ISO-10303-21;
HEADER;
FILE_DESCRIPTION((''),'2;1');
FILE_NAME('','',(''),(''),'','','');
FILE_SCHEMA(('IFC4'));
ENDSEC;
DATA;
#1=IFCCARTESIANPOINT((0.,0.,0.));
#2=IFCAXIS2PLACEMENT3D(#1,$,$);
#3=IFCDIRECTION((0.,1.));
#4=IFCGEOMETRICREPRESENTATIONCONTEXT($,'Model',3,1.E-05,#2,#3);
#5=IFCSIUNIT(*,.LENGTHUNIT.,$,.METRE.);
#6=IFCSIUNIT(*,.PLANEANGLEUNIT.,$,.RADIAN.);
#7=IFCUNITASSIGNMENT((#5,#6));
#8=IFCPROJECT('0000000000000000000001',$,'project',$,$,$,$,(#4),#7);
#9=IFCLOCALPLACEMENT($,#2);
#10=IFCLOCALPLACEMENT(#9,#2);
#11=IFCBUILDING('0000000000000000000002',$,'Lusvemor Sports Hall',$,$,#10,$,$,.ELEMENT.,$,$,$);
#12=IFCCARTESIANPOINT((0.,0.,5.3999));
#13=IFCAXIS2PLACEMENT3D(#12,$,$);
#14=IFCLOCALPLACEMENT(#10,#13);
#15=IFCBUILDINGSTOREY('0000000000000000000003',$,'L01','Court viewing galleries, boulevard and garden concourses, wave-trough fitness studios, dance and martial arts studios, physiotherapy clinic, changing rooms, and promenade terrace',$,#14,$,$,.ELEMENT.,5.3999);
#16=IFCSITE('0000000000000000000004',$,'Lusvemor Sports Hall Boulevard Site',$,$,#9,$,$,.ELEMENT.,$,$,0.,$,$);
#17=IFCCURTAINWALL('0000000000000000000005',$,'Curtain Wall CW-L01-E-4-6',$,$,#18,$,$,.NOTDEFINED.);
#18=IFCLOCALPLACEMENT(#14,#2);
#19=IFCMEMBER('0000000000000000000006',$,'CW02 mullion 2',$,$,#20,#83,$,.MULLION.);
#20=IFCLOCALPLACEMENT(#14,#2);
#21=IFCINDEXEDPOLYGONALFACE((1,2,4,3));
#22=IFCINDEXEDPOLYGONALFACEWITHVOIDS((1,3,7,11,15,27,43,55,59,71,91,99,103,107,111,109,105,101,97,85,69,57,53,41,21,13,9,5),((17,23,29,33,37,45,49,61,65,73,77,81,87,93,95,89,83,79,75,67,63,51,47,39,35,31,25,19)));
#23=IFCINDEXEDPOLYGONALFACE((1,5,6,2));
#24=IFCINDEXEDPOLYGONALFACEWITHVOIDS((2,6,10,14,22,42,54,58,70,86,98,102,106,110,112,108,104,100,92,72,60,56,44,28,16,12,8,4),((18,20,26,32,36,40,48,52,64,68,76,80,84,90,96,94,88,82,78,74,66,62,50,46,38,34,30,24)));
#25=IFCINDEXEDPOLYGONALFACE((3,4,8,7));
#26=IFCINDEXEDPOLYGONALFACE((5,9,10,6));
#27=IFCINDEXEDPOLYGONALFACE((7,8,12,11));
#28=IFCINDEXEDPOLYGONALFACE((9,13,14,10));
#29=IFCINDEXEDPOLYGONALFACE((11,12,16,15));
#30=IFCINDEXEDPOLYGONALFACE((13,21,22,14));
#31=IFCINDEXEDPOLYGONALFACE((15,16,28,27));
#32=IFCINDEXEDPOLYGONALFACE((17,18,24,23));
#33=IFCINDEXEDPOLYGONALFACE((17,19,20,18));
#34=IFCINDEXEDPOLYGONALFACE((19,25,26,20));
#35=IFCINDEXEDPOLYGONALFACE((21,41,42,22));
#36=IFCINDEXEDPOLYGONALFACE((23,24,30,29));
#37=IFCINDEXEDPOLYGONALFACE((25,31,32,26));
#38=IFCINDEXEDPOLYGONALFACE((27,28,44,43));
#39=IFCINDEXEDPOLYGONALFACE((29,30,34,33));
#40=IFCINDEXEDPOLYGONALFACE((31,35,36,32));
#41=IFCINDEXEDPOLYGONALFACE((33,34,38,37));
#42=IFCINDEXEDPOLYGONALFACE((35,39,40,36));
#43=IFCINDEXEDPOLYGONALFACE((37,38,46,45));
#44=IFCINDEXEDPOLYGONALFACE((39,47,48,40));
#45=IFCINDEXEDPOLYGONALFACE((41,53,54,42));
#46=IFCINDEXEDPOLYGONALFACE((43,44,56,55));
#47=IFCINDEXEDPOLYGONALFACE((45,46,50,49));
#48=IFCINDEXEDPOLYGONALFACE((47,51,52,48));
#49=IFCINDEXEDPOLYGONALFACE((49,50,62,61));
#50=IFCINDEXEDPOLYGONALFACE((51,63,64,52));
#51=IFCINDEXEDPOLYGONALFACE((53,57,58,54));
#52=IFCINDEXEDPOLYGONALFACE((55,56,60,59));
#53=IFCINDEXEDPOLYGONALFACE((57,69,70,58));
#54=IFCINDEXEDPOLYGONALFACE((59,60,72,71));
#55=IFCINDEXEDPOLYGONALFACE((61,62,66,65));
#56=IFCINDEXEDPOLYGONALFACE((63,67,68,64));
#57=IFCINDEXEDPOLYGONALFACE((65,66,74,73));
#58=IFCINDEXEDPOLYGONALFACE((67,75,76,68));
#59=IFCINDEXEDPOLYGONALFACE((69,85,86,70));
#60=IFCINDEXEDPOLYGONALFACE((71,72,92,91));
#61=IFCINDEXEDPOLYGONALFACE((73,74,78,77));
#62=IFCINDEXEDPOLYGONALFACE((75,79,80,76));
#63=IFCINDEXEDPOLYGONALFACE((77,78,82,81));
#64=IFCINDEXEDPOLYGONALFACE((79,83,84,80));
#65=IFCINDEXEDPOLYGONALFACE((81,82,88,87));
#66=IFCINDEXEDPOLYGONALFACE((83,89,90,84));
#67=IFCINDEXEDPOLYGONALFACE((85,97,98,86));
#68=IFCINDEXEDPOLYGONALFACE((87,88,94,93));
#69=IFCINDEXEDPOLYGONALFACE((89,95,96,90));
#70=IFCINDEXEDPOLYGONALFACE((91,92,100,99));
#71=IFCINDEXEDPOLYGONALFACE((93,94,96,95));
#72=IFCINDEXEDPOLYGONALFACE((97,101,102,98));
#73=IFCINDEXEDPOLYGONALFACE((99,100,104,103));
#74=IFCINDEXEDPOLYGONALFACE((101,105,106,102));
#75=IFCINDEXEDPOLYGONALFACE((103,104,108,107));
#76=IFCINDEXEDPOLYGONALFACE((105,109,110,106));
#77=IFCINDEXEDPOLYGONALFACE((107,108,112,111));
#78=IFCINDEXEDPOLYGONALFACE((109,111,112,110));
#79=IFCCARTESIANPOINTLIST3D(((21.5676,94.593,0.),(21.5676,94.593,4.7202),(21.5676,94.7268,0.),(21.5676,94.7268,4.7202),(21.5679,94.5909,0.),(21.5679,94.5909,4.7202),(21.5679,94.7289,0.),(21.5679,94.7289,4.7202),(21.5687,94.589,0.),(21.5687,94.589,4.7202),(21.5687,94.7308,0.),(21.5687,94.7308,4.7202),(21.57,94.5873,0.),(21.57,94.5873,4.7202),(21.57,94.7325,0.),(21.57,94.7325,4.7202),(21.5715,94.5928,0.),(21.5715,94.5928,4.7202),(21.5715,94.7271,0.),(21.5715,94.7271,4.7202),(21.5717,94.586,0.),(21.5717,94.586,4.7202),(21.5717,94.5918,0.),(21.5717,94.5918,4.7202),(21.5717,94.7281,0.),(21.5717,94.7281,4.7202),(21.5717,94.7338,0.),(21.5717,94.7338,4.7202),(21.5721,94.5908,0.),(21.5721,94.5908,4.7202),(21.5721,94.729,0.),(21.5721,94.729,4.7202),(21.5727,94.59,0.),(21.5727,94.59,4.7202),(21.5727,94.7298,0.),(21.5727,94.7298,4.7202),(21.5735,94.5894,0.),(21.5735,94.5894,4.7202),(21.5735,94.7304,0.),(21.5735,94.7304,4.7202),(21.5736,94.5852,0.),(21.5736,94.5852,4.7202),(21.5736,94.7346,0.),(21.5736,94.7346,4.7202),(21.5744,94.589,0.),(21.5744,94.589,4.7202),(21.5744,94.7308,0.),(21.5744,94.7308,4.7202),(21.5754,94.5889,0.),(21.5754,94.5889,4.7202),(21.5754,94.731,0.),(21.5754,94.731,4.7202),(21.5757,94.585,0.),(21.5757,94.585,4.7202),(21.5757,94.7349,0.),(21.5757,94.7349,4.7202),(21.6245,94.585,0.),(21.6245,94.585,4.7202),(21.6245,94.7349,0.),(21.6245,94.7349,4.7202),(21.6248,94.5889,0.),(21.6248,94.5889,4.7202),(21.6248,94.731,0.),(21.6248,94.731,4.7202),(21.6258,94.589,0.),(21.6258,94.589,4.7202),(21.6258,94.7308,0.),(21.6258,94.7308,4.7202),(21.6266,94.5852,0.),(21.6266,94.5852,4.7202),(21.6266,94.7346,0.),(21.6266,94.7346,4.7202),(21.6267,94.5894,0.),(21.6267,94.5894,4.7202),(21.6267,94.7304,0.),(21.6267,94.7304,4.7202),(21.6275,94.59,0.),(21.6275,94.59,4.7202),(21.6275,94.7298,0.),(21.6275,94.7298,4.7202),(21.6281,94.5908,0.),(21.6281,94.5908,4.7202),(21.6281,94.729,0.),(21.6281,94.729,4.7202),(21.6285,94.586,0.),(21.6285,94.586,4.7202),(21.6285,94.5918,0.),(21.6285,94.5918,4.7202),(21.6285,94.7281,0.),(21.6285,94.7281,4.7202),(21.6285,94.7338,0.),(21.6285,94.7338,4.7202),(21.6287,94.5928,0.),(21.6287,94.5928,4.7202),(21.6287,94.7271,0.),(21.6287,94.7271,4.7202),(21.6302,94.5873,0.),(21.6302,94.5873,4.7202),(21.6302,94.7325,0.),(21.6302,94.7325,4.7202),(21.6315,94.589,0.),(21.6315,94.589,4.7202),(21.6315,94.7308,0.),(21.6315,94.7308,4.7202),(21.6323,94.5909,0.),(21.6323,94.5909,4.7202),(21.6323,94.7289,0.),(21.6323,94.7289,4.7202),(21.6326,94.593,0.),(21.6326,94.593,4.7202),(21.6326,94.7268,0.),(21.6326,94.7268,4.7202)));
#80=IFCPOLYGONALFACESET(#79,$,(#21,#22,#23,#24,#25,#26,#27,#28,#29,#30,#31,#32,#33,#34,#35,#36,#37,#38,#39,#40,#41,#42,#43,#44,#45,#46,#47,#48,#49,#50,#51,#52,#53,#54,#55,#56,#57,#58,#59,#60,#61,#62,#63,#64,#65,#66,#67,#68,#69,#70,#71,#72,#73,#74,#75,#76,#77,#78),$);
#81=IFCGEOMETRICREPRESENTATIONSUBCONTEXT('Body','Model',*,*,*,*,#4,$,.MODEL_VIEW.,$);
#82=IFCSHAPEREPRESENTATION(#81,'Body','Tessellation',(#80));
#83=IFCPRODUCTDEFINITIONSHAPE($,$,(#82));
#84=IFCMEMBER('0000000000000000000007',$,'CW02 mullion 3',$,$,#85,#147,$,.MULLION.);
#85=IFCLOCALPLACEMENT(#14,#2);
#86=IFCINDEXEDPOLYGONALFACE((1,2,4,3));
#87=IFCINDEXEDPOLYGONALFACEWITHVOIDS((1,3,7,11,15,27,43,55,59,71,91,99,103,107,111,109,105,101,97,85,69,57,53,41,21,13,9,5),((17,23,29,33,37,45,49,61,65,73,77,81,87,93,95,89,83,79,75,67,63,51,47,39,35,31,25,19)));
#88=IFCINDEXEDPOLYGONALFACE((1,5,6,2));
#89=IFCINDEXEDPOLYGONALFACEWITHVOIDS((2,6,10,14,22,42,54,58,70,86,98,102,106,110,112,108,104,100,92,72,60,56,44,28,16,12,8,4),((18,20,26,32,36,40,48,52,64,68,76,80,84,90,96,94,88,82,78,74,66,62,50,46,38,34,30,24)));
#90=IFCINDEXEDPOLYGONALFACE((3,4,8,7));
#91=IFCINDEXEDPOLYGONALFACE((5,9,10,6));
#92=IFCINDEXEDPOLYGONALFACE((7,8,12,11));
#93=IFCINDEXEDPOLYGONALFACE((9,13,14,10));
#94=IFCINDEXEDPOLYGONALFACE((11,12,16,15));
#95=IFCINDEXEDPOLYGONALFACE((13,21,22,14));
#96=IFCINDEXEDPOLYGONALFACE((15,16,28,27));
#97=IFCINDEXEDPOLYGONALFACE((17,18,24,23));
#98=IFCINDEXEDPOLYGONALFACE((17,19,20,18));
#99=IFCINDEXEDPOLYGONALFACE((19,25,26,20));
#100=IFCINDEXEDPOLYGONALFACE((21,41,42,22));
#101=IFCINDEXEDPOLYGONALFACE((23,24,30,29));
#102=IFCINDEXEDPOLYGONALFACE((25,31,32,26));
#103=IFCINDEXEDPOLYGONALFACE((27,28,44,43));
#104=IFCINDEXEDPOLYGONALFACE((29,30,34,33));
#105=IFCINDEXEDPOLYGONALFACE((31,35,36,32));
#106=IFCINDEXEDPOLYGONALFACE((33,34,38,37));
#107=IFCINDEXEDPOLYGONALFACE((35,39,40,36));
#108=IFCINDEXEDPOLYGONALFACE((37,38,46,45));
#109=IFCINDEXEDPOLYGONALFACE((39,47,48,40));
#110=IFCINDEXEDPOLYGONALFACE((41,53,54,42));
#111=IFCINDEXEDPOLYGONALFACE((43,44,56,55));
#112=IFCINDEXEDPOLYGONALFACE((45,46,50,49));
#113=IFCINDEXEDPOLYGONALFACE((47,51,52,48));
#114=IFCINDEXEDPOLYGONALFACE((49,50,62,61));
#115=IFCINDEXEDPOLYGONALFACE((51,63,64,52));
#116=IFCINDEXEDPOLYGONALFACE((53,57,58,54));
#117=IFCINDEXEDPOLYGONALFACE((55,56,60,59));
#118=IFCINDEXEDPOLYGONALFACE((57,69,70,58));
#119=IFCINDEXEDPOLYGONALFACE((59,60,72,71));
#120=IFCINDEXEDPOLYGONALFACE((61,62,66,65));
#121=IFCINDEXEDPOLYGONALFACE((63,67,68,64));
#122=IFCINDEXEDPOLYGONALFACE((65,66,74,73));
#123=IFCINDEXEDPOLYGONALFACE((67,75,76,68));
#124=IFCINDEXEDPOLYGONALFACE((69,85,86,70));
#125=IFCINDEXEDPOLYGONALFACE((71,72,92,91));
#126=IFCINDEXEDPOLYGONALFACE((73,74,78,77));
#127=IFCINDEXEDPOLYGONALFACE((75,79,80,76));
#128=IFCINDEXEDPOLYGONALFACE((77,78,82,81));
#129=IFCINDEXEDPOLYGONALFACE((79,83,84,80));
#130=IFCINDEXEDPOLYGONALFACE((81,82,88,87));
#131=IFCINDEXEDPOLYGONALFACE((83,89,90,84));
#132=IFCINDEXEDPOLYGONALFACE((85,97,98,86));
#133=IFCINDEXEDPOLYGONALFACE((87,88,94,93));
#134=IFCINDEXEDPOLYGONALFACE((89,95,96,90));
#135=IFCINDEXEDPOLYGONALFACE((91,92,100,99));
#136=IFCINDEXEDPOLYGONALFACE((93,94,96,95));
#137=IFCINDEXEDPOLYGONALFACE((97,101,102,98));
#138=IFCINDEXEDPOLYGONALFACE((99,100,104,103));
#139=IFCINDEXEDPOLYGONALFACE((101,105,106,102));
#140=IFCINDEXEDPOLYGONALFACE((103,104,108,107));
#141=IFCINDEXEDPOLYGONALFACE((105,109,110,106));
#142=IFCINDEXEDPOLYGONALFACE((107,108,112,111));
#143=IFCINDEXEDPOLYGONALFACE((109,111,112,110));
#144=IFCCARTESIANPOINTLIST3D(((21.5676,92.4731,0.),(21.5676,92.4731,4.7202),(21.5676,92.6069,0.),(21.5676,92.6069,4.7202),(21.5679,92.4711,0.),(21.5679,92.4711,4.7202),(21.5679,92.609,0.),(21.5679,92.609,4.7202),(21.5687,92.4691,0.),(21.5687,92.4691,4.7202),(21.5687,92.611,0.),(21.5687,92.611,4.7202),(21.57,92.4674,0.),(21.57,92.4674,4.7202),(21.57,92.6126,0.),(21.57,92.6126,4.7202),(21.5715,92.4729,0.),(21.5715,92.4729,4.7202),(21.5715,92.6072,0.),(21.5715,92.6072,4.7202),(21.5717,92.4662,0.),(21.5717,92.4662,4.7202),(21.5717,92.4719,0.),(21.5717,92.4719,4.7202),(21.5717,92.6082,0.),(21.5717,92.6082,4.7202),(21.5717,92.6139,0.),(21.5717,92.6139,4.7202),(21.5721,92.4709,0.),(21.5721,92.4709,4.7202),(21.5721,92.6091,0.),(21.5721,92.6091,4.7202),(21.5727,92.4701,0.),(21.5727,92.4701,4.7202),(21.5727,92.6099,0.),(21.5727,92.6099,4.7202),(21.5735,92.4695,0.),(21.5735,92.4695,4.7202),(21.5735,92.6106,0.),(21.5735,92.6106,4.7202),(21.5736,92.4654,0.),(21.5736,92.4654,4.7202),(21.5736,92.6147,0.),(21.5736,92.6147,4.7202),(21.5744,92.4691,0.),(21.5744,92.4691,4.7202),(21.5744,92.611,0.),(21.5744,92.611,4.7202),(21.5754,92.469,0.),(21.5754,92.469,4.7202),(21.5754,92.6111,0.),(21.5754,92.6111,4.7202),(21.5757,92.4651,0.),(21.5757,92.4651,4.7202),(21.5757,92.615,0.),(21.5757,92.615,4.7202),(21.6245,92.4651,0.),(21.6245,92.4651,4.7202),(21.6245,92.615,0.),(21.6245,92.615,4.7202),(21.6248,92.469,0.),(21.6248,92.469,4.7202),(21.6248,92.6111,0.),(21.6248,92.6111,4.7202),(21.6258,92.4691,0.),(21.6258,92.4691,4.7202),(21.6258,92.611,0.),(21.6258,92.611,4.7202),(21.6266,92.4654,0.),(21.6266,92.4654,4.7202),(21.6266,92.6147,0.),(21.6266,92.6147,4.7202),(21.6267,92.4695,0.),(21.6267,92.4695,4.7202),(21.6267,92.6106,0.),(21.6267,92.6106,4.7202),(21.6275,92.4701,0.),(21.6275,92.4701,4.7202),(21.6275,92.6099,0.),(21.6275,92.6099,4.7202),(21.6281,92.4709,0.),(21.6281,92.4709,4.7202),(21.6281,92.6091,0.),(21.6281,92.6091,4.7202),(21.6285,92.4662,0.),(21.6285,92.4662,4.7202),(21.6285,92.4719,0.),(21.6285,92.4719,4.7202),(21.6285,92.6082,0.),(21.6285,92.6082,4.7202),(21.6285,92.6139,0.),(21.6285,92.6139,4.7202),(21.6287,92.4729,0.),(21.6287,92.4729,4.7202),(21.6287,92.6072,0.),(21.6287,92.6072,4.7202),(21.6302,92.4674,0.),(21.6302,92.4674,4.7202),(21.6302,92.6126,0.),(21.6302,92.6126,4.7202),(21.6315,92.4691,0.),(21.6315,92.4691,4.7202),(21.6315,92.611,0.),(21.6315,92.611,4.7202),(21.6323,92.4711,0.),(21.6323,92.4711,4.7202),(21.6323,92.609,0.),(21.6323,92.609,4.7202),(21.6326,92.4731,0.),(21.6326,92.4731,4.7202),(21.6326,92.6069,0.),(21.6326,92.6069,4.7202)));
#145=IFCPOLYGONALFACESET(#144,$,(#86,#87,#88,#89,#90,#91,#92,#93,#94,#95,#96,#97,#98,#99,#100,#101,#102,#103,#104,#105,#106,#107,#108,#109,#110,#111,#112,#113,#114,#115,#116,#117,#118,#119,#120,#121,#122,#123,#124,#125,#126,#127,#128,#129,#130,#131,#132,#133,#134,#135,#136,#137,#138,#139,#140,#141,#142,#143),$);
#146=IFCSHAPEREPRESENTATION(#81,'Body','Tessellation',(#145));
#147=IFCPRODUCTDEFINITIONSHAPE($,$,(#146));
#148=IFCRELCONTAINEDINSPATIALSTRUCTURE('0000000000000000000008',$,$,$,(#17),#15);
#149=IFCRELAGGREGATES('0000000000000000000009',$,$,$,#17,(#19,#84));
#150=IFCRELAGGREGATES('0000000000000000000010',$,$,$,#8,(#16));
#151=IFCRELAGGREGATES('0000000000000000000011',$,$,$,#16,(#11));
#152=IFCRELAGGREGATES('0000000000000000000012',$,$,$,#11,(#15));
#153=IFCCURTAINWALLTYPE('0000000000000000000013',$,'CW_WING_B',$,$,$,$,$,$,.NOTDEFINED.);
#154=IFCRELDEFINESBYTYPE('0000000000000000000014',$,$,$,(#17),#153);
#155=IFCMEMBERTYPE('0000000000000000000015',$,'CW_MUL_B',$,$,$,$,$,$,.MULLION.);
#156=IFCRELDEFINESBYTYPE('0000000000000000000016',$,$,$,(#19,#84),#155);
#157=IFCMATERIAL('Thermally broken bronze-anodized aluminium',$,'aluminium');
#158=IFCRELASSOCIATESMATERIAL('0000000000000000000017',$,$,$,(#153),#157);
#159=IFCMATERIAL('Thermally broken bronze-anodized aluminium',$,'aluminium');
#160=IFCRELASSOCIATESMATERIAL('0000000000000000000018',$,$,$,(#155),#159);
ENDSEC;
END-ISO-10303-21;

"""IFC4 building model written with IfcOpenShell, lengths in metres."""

from ifc_helpers import new_model, si_unit, direction, frame, origin, origin_2d, place, context, subcontext, project, spatial, hollow_rectangle, extrude, material, material_profile, profile_set, type_object, element, aggregate, save


model = new_model("IFC4")

# Units and contexts
model_context = context("Model", 3, precision=1e-05, world=origin(), true_north=direction((0.0, 1.0)))
body_context = subcontext(model_context, "Body", "Model", "MODEL_VIEW")
ifc_project = project(units=[si_unit("LENGTHUNIT", "METRE"), si_unit("PLANEANGLEUNIT", "RADIAN")], contexts=[model_context])

# Site, building, storey
site_placement = place(None, origin())
site = spatial("IfcSite", under=ifc_project, at=site_placement, Name="Lusvemor Sports Hall Boulevard Site", CompositionType="ELEMENT", RefElevation=0.0)
building_placement = place(site_placement, origin())
building = spatial("IfcBuilding", under=site, at=building_placement, Name="Lusvemor Sports Hall", CompositionType="ELEMENT")
storey_placement = place(building_placement, frame((0.0, 0.0, 5.3999)))
storey = spatial("IfcBuildingStorey", under=building, at=storey_placement, Name="L01", Description="Court viewing galleries, boulevard and garden concourses, wave-trough fitness studios, dance and martial arts studios, physiotherapy clinic, changing rooms, and promenade terrace", CompositionType="ELEMENT", Elevation=5.3999)

# Shared definitions
ifc_material_1 = material(Name="Thermally broken bronze-anodized aluminium", Category="aluminium")
curtain_wall_type = type_object("IfcCurtainWallType", Name="CW_WING_B", PredefinedType="NOTDEFINED", material=ifc_material_1)
ifc_material_2 = material(Name="Thermally broken bronze-anodized aluminium", Category="aluminium")
ifc_material_profile_1 = material_profile(ifc_material_2, hollow_rectangle(XDim=0.0649, YDim=0.1499, WallThickness=0.0039, InnerFilletRadius=0.0039, OuterFilletRadius=0.0081, at=origin_2d()), Name="CWMUL150x65x4")
ifc_profile_set_1 = profile_set([ifc_material_profile_1], Name="Thermally broken bronze-anodized aluminium")
member_type_1 = type_object("IfcMemberType", Name="CW_MUL_B", PredefinedType="MULLION", material=ifc_profile_set_1)

# Curtain wall, members
curtain_wall_1_placement = place(storey_placement, origin())
curtain_wall_1 = element("IfcCurtainWall", 1, at=curtain_wall_1_placement, inside=storey, type_object=curtain_wall_type, Name="Curtain Wall CW-L01-E-4-6", PredefinedType="NOTDEFINED")
member_1_placement = place(storey_placement, frame((21.6001, 94.6599, 0.0), z_axis=(0.0, 0.0, 1.0), x_axis=(1.0, 0.0, 0.0)))
member_1 = element("IfcMember", 2, at=member_1_placement, type_object=member_type_1, Name="CW02 mullion 2", PredefinedType="MULLION", context=body_context, shape_type="SweptSolid", body=[
    extrude(hollow_rectangle(XDim=0.0649, YDim=0.1499, WallThickness=0.0039, InnerFilletRadius=0.0039, OuterFilletRadius=0.0081, at=origin_2d()), origin(), (0.0, 0.0, 1.0), 4.7202),
])
member_2_placement = place(storey_placement, frame((21.6001, 92.54, 0.0), z_axis=(0.0, 0.0, 1.0), x_axis=(1.0, 0.0, 0.0)))
member_2 = element("IfcMember", 3, at=member_2_placement, type_object=member_type_1, Name="CW02 mullion 3", PredefinedType="MULLION", context=body_context, shape_type="SweptSolid", body=[
    extrude(hollow_rectangle(XDim=0.0649, YDim=0.1499, WallThickness=0.0039, InnerFilletRadius=0.0039, OuterFilletRadius=0.0081, at=origin_2d()), origin(), (0.0, 0.0, 1.0), 4.7202),
])

aggregate(curtain_wall_1, [member_1, member_2])

save(model, "model.ifc")
